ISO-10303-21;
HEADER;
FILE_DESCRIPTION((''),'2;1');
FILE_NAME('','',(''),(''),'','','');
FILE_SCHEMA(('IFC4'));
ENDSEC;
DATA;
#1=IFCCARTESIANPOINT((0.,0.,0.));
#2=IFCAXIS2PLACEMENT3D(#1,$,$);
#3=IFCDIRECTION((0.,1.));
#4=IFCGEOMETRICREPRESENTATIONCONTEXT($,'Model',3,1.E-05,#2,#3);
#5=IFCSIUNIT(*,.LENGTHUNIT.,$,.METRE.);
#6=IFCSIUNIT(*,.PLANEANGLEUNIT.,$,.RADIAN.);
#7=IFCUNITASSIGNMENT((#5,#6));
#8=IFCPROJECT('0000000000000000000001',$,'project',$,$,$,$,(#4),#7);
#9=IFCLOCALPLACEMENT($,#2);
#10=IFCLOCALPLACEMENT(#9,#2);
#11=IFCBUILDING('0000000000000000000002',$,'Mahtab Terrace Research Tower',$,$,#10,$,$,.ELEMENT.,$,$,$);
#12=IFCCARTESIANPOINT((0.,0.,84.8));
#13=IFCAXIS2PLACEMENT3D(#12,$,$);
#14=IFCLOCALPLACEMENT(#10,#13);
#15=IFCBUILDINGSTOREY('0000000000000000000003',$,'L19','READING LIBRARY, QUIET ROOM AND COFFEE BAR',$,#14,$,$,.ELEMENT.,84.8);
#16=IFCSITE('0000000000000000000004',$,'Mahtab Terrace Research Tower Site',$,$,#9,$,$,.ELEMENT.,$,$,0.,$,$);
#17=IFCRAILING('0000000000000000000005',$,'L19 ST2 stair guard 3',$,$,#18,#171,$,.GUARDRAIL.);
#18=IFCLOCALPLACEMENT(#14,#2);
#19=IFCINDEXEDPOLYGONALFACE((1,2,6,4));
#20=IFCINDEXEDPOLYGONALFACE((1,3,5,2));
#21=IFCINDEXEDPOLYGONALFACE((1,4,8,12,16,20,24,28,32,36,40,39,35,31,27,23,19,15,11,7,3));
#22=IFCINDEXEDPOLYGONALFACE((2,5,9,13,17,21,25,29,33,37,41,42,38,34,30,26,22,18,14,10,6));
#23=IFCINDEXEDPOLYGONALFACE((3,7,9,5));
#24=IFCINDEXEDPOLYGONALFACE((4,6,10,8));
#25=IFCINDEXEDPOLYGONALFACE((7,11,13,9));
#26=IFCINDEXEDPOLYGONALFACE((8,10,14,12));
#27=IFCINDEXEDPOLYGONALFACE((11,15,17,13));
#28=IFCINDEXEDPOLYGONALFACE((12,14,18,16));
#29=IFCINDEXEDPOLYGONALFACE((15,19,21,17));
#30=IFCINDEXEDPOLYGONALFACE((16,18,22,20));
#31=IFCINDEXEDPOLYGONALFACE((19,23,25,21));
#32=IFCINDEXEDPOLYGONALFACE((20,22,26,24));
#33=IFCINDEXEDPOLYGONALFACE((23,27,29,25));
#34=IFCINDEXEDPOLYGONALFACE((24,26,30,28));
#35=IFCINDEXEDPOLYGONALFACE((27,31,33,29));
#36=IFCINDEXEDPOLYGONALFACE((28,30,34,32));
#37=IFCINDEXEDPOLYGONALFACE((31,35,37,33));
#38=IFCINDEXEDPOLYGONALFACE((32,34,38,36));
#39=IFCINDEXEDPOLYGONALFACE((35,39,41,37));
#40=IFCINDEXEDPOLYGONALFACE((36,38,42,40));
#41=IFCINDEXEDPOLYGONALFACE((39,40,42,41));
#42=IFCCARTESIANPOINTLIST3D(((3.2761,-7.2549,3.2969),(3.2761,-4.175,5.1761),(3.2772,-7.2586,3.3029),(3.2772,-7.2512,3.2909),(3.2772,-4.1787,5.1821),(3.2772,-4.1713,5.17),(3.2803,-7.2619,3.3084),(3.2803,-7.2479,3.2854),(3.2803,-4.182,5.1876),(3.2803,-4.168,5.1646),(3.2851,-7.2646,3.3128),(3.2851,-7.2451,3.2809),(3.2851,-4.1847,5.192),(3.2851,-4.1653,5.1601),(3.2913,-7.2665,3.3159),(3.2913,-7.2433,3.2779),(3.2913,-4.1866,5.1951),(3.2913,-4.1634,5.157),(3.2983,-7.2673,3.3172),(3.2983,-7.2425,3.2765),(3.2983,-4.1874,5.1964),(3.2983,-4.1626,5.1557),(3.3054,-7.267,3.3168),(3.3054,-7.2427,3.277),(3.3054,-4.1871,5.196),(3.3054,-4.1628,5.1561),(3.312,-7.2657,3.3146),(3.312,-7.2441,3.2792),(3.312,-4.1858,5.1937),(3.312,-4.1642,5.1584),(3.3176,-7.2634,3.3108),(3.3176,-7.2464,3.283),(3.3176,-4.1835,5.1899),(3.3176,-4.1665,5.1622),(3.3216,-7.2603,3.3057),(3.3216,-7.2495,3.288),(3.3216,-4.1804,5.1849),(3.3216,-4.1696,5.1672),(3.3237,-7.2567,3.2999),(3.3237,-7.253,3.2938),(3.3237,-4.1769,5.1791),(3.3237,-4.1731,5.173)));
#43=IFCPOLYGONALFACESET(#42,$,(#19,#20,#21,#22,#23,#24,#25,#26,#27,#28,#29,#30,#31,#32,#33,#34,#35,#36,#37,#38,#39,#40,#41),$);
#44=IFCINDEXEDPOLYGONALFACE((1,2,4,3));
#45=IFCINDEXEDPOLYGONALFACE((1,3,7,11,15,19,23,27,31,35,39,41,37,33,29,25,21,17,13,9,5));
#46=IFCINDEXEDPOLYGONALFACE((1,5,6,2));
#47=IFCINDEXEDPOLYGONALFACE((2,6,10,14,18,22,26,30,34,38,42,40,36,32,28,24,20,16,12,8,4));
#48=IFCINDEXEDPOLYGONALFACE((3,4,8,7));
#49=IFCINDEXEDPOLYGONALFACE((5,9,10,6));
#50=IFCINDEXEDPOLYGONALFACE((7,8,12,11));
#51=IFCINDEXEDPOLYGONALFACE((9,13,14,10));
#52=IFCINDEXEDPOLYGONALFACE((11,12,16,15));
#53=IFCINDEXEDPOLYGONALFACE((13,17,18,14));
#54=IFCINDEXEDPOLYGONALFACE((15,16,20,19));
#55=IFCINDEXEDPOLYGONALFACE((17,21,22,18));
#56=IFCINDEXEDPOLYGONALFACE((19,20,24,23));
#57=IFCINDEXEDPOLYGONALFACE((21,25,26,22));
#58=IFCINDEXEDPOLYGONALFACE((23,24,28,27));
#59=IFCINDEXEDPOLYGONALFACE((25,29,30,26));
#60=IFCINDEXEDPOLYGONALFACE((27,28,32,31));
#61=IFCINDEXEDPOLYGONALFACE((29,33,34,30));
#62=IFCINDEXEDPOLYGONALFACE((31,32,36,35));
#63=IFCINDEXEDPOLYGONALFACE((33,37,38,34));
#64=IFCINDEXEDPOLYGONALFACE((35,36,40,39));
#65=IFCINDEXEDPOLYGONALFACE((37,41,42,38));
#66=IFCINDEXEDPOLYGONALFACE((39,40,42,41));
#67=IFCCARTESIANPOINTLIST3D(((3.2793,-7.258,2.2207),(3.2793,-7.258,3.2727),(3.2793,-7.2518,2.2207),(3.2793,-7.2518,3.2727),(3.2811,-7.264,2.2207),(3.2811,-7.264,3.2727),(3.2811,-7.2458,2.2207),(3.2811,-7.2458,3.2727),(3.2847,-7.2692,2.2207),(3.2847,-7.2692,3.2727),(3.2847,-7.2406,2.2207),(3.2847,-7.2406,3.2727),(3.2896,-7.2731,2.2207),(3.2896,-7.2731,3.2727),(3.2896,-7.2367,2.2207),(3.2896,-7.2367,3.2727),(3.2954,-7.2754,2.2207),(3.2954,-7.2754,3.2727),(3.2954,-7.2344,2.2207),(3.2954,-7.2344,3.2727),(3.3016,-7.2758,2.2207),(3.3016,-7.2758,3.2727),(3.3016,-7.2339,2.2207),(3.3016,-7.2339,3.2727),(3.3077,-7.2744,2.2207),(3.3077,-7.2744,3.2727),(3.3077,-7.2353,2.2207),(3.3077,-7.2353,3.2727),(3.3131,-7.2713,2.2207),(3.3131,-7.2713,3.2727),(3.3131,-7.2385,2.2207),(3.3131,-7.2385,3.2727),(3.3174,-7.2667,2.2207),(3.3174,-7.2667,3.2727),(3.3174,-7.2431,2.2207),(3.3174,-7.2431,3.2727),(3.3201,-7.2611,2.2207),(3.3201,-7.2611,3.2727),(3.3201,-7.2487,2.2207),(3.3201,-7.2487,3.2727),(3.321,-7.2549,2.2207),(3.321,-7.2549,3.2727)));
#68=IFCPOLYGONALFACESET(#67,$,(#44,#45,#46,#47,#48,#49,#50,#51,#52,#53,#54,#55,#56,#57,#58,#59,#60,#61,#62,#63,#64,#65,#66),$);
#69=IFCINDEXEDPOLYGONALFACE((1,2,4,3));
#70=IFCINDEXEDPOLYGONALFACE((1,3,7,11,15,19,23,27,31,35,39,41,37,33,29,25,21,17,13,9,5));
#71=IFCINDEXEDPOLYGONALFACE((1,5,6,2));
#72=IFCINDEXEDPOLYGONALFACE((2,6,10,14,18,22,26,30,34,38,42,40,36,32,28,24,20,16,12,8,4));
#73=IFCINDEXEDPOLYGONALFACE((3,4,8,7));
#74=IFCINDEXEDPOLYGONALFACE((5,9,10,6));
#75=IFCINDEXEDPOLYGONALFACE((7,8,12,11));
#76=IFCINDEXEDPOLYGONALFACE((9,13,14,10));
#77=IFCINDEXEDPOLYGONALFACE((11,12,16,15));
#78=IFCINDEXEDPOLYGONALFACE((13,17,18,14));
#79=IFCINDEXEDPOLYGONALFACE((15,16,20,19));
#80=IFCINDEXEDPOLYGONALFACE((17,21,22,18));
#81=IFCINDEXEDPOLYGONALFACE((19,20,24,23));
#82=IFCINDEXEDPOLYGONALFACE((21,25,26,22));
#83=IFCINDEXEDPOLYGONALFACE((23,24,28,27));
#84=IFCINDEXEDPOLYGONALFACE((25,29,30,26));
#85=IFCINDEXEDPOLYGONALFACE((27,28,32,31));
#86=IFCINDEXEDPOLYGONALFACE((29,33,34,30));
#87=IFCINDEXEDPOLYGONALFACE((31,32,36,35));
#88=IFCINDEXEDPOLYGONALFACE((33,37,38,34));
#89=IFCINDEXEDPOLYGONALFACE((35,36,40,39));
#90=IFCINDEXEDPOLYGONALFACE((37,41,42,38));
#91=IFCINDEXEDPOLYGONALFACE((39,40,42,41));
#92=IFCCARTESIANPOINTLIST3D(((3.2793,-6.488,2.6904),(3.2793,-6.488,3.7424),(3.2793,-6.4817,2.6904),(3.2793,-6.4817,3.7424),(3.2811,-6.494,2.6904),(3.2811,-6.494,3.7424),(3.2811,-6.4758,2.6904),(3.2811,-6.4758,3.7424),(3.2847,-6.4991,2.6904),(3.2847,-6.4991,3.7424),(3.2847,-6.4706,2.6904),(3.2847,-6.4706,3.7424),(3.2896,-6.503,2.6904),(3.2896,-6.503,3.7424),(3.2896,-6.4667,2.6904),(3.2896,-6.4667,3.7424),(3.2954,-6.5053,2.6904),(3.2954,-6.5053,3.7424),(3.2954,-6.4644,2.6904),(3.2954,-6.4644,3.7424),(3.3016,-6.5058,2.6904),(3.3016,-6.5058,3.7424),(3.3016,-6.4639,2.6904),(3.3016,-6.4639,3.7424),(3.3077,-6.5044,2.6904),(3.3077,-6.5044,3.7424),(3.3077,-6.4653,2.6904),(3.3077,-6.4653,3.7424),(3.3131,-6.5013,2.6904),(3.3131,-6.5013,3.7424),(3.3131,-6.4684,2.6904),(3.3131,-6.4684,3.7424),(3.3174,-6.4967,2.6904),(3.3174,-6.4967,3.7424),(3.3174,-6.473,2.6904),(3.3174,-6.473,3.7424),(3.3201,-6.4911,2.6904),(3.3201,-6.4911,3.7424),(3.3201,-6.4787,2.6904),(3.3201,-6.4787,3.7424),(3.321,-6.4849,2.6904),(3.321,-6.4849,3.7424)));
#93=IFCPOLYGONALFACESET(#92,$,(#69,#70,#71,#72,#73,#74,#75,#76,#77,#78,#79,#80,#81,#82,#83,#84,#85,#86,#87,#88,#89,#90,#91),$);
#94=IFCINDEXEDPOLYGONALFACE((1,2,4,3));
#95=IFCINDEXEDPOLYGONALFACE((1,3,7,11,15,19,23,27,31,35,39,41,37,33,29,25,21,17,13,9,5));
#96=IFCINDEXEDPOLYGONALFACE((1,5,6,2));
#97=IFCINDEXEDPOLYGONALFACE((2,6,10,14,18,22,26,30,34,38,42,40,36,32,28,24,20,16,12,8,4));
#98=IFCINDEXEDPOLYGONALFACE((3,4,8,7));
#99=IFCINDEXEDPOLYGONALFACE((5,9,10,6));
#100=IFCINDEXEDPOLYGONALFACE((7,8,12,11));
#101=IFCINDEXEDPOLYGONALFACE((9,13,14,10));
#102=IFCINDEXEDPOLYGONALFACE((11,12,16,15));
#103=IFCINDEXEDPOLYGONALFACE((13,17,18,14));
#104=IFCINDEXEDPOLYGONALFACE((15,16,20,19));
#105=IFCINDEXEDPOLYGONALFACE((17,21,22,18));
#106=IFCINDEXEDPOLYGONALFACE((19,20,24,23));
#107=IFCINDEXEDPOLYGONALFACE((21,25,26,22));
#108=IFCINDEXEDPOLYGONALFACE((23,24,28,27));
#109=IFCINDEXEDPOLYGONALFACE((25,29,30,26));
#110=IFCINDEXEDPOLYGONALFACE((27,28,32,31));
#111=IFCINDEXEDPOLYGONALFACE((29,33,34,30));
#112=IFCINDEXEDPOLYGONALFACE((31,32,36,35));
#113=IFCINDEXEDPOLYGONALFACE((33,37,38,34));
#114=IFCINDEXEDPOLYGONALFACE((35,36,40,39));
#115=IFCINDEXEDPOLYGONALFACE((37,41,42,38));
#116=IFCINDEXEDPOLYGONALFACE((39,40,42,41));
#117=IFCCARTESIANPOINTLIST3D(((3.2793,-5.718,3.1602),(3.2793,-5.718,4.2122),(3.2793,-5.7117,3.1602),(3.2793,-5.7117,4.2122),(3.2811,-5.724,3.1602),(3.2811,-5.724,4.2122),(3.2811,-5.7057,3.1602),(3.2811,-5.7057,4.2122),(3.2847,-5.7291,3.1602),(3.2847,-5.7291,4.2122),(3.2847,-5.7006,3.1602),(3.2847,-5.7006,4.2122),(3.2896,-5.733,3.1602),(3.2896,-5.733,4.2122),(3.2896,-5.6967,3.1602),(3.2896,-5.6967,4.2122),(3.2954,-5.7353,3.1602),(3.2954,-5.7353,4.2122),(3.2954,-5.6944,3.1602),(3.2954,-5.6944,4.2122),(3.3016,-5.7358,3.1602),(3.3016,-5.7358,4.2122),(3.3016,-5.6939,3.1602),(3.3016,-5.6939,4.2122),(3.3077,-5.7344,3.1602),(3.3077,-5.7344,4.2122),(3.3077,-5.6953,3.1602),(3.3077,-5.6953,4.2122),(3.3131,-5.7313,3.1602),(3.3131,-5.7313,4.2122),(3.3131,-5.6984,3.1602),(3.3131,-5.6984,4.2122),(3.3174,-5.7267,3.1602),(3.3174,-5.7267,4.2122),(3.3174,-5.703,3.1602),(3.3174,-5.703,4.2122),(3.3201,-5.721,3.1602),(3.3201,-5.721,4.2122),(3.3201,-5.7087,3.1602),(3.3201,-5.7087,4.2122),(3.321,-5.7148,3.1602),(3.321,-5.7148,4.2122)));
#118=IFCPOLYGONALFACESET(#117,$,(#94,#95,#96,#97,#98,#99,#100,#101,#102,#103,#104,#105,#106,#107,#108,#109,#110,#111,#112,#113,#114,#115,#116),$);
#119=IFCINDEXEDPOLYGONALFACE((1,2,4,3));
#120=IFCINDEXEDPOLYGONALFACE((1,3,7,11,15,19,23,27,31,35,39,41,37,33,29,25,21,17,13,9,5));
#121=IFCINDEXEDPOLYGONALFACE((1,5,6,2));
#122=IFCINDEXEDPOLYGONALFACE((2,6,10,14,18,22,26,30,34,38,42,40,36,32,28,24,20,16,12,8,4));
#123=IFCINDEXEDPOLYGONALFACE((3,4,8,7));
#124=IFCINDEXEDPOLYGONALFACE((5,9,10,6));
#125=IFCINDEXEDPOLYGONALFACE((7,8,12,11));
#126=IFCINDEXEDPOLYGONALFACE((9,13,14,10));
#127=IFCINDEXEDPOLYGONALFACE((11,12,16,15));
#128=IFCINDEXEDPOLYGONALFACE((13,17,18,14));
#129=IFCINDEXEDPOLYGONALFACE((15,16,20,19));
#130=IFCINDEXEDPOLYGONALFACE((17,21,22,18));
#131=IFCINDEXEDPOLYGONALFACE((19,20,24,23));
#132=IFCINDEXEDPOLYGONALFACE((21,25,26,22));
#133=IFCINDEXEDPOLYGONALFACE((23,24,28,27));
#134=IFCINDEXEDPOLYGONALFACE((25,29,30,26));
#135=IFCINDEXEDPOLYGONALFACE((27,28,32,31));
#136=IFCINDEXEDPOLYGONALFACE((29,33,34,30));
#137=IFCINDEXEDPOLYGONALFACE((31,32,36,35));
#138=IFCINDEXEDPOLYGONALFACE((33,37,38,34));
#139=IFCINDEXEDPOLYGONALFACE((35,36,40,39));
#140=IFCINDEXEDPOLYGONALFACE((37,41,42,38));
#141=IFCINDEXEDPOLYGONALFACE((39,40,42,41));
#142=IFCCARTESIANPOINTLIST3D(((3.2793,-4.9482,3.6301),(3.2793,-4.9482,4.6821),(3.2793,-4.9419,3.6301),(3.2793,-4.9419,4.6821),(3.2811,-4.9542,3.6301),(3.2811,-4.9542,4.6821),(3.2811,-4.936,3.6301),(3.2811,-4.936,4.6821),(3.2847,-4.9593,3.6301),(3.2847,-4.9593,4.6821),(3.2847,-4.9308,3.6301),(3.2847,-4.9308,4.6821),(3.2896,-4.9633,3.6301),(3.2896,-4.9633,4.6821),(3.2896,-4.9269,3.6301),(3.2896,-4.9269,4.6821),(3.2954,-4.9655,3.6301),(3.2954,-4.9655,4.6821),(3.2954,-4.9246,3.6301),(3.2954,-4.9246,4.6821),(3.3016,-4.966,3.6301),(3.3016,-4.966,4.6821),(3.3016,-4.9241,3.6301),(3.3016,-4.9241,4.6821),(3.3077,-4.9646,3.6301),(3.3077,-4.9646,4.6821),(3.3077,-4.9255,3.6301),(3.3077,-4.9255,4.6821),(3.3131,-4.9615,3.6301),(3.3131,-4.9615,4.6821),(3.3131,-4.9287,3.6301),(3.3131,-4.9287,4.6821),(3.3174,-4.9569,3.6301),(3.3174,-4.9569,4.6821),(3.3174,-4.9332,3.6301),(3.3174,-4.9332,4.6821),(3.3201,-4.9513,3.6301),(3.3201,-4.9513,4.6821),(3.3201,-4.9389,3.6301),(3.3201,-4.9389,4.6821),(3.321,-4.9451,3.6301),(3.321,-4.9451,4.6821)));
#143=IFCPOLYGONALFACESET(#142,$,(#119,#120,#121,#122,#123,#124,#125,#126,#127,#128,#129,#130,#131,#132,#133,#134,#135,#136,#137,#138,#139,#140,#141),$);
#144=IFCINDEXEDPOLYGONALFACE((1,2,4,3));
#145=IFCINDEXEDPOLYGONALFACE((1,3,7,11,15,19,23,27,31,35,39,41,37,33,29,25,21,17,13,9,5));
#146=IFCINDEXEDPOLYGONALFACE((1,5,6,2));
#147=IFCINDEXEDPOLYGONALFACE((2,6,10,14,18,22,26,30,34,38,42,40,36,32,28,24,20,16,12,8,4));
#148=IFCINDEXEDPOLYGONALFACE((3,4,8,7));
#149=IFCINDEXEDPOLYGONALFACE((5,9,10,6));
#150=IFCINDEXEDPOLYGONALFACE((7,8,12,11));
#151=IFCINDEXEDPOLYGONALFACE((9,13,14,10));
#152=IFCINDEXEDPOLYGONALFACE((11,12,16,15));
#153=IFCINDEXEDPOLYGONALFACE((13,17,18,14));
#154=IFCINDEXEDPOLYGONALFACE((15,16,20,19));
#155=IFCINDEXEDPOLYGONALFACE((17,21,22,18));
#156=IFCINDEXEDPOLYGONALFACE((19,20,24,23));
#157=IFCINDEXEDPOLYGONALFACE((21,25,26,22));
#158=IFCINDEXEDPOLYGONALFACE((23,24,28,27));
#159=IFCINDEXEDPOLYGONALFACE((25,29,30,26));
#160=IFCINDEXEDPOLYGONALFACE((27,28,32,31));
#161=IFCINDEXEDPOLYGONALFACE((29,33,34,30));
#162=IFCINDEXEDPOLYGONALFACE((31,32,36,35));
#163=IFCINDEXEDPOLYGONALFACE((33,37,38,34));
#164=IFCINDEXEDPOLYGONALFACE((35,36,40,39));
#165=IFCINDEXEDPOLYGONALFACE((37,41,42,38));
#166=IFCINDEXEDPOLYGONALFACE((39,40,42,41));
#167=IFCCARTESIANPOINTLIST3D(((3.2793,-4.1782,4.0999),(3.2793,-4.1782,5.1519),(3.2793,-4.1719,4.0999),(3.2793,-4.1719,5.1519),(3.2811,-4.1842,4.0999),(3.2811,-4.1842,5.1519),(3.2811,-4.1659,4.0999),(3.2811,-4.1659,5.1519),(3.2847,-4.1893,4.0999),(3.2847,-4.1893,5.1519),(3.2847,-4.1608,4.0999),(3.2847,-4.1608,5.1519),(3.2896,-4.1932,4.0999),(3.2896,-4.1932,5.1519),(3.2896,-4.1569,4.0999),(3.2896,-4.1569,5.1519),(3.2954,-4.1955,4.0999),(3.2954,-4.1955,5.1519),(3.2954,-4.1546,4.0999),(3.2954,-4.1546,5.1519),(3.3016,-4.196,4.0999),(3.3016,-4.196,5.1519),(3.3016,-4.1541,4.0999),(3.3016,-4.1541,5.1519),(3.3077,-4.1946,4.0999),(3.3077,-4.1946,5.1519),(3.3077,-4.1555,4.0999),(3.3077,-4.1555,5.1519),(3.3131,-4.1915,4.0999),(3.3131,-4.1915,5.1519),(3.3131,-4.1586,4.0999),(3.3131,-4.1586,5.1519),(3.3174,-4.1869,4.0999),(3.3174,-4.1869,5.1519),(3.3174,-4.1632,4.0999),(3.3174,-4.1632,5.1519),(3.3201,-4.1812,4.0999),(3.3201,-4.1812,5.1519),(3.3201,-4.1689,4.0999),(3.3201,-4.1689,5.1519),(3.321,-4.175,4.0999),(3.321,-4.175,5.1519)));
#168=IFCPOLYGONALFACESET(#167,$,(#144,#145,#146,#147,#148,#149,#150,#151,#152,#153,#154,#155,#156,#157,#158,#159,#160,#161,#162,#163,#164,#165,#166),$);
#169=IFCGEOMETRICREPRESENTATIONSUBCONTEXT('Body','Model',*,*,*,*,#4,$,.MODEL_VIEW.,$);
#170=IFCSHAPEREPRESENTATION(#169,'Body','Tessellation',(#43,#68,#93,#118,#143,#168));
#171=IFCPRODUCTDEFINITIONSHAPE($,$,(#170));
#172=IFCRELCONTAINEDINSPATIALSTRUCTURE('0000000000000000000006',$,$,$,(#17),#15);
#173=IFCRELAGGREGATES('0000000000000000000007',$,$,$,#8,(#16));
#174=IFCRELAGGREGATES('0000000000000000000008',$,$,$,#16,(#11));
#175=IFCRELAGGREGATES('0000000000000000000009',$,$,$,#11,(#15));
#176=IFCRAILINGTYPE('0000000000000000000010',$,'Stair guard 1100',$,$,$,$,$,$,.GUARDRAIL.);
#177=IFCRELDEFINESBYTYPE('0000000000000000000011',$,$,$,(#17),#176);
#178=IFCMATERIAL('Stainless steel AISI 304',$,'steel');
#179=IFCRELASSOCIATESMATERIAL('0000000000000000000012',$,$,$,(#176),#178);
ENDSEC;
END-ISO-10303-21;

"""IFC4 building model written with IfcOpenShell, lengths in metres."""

from ifc_helpers import new_model, si_unit, direction, frame, origin, origin_2d, place, context, subcontext, project, spatial, circle, extrude, material, type_object, element, save


model = new_model("IFC4")

# Units and contexts
model_context = context("Model", 3, precision=1e-05, world=origin(), true_north=direction((0.0, 1.0)))
body_context = subcontext(model_context, "Body", "Model", "MODEL_VIEW")
ifc_project = project(units=[si_unit("LENGTHUNIT", "METRE"), si_unit("PLANEANGLEUNIT", "RADIAN")], contexts=[model_context])

# Site, building, storey
site_placement = place(None, origin())
site = spatial("IfcSite", under=ifc_project, at=site_placement, Name="Mahtab Terrace Research Tower Site", CompositionType="ELEMENT", RefElevation=0.0)
building_placement = place(site_placement, origin())
building = spatial("IfcBuilding", under=site, at=building_placement, Name="Mahtab Terrace Research Tower", CompositionType="ELEMENT")
storey_placement = place(building_placement, frame((0.0, 0.0, 84.8)))
storey = spatial("IfcBuildingStorey", under=building, at=storey_placement, Name="L19", Description="READING LIBRARY, QUIET ROOM AND COFFEE BAR", CompositionType="ELEMENT", Elevation=84.8)

# Railing
ifc_material_1 = material(Name="Stainless steel AISI 304", Category="steel")
railing_type_1 = type_object("IfcRailingType", Name="Stair guard 1100", PredefinedType="GUARDRAIL", material=ifc_material_1)
railing_1_placement = place(storey_placement, frame((3.3, -7.2549, 2.2207)))
element("IfcRailing", 1, at=railing_1_placement, inside=storey, type_object=railing_type_1, Name="L19 ST2 stair guard 3", PredefinedType="GUARDRAIL", context=body_context, shape_type="SweptSolid", body=[
    extrude(circle(Radius=0.0239, at=origin_2d()), frame((0.0, 0.0, 1.0762), z_axis=(0.0, 0.853648, 0.52085), x_axis=(-1.0, 0.0, 0.0)), (0.0, 0.0, 1.0), 3.6079),
    extrude(circle(Radius=0.021, at=origin_2d()), origin(), (0.0, 0.0, 1.0), 1.052),
    extrude(circle(Radius=0.021, at=origin_2d()), frame((0.0, 0.77, 0.4697)), (0.0, 0.0, 1.0), 1.052),
    extrude(circle(Radius=0.021, at=origin_2d()), frame((0.0, 1.54, 0.9395)), (0.0, 0.0, 1.0), 1.052),
    extrude(circle(Radius=0.021, at=origin_2d()), frame((0.0, 2.3098, 1.4094)), (0.0, 0.0, 1.0), 1.052),
    extrude(circle(Radius=0.021, at=origin_2d()), frame((0.0, 3.0798, 1.8792)), (0.0, 0.0, 1.0), 1.052),
])

save(model, "model.ifc")
